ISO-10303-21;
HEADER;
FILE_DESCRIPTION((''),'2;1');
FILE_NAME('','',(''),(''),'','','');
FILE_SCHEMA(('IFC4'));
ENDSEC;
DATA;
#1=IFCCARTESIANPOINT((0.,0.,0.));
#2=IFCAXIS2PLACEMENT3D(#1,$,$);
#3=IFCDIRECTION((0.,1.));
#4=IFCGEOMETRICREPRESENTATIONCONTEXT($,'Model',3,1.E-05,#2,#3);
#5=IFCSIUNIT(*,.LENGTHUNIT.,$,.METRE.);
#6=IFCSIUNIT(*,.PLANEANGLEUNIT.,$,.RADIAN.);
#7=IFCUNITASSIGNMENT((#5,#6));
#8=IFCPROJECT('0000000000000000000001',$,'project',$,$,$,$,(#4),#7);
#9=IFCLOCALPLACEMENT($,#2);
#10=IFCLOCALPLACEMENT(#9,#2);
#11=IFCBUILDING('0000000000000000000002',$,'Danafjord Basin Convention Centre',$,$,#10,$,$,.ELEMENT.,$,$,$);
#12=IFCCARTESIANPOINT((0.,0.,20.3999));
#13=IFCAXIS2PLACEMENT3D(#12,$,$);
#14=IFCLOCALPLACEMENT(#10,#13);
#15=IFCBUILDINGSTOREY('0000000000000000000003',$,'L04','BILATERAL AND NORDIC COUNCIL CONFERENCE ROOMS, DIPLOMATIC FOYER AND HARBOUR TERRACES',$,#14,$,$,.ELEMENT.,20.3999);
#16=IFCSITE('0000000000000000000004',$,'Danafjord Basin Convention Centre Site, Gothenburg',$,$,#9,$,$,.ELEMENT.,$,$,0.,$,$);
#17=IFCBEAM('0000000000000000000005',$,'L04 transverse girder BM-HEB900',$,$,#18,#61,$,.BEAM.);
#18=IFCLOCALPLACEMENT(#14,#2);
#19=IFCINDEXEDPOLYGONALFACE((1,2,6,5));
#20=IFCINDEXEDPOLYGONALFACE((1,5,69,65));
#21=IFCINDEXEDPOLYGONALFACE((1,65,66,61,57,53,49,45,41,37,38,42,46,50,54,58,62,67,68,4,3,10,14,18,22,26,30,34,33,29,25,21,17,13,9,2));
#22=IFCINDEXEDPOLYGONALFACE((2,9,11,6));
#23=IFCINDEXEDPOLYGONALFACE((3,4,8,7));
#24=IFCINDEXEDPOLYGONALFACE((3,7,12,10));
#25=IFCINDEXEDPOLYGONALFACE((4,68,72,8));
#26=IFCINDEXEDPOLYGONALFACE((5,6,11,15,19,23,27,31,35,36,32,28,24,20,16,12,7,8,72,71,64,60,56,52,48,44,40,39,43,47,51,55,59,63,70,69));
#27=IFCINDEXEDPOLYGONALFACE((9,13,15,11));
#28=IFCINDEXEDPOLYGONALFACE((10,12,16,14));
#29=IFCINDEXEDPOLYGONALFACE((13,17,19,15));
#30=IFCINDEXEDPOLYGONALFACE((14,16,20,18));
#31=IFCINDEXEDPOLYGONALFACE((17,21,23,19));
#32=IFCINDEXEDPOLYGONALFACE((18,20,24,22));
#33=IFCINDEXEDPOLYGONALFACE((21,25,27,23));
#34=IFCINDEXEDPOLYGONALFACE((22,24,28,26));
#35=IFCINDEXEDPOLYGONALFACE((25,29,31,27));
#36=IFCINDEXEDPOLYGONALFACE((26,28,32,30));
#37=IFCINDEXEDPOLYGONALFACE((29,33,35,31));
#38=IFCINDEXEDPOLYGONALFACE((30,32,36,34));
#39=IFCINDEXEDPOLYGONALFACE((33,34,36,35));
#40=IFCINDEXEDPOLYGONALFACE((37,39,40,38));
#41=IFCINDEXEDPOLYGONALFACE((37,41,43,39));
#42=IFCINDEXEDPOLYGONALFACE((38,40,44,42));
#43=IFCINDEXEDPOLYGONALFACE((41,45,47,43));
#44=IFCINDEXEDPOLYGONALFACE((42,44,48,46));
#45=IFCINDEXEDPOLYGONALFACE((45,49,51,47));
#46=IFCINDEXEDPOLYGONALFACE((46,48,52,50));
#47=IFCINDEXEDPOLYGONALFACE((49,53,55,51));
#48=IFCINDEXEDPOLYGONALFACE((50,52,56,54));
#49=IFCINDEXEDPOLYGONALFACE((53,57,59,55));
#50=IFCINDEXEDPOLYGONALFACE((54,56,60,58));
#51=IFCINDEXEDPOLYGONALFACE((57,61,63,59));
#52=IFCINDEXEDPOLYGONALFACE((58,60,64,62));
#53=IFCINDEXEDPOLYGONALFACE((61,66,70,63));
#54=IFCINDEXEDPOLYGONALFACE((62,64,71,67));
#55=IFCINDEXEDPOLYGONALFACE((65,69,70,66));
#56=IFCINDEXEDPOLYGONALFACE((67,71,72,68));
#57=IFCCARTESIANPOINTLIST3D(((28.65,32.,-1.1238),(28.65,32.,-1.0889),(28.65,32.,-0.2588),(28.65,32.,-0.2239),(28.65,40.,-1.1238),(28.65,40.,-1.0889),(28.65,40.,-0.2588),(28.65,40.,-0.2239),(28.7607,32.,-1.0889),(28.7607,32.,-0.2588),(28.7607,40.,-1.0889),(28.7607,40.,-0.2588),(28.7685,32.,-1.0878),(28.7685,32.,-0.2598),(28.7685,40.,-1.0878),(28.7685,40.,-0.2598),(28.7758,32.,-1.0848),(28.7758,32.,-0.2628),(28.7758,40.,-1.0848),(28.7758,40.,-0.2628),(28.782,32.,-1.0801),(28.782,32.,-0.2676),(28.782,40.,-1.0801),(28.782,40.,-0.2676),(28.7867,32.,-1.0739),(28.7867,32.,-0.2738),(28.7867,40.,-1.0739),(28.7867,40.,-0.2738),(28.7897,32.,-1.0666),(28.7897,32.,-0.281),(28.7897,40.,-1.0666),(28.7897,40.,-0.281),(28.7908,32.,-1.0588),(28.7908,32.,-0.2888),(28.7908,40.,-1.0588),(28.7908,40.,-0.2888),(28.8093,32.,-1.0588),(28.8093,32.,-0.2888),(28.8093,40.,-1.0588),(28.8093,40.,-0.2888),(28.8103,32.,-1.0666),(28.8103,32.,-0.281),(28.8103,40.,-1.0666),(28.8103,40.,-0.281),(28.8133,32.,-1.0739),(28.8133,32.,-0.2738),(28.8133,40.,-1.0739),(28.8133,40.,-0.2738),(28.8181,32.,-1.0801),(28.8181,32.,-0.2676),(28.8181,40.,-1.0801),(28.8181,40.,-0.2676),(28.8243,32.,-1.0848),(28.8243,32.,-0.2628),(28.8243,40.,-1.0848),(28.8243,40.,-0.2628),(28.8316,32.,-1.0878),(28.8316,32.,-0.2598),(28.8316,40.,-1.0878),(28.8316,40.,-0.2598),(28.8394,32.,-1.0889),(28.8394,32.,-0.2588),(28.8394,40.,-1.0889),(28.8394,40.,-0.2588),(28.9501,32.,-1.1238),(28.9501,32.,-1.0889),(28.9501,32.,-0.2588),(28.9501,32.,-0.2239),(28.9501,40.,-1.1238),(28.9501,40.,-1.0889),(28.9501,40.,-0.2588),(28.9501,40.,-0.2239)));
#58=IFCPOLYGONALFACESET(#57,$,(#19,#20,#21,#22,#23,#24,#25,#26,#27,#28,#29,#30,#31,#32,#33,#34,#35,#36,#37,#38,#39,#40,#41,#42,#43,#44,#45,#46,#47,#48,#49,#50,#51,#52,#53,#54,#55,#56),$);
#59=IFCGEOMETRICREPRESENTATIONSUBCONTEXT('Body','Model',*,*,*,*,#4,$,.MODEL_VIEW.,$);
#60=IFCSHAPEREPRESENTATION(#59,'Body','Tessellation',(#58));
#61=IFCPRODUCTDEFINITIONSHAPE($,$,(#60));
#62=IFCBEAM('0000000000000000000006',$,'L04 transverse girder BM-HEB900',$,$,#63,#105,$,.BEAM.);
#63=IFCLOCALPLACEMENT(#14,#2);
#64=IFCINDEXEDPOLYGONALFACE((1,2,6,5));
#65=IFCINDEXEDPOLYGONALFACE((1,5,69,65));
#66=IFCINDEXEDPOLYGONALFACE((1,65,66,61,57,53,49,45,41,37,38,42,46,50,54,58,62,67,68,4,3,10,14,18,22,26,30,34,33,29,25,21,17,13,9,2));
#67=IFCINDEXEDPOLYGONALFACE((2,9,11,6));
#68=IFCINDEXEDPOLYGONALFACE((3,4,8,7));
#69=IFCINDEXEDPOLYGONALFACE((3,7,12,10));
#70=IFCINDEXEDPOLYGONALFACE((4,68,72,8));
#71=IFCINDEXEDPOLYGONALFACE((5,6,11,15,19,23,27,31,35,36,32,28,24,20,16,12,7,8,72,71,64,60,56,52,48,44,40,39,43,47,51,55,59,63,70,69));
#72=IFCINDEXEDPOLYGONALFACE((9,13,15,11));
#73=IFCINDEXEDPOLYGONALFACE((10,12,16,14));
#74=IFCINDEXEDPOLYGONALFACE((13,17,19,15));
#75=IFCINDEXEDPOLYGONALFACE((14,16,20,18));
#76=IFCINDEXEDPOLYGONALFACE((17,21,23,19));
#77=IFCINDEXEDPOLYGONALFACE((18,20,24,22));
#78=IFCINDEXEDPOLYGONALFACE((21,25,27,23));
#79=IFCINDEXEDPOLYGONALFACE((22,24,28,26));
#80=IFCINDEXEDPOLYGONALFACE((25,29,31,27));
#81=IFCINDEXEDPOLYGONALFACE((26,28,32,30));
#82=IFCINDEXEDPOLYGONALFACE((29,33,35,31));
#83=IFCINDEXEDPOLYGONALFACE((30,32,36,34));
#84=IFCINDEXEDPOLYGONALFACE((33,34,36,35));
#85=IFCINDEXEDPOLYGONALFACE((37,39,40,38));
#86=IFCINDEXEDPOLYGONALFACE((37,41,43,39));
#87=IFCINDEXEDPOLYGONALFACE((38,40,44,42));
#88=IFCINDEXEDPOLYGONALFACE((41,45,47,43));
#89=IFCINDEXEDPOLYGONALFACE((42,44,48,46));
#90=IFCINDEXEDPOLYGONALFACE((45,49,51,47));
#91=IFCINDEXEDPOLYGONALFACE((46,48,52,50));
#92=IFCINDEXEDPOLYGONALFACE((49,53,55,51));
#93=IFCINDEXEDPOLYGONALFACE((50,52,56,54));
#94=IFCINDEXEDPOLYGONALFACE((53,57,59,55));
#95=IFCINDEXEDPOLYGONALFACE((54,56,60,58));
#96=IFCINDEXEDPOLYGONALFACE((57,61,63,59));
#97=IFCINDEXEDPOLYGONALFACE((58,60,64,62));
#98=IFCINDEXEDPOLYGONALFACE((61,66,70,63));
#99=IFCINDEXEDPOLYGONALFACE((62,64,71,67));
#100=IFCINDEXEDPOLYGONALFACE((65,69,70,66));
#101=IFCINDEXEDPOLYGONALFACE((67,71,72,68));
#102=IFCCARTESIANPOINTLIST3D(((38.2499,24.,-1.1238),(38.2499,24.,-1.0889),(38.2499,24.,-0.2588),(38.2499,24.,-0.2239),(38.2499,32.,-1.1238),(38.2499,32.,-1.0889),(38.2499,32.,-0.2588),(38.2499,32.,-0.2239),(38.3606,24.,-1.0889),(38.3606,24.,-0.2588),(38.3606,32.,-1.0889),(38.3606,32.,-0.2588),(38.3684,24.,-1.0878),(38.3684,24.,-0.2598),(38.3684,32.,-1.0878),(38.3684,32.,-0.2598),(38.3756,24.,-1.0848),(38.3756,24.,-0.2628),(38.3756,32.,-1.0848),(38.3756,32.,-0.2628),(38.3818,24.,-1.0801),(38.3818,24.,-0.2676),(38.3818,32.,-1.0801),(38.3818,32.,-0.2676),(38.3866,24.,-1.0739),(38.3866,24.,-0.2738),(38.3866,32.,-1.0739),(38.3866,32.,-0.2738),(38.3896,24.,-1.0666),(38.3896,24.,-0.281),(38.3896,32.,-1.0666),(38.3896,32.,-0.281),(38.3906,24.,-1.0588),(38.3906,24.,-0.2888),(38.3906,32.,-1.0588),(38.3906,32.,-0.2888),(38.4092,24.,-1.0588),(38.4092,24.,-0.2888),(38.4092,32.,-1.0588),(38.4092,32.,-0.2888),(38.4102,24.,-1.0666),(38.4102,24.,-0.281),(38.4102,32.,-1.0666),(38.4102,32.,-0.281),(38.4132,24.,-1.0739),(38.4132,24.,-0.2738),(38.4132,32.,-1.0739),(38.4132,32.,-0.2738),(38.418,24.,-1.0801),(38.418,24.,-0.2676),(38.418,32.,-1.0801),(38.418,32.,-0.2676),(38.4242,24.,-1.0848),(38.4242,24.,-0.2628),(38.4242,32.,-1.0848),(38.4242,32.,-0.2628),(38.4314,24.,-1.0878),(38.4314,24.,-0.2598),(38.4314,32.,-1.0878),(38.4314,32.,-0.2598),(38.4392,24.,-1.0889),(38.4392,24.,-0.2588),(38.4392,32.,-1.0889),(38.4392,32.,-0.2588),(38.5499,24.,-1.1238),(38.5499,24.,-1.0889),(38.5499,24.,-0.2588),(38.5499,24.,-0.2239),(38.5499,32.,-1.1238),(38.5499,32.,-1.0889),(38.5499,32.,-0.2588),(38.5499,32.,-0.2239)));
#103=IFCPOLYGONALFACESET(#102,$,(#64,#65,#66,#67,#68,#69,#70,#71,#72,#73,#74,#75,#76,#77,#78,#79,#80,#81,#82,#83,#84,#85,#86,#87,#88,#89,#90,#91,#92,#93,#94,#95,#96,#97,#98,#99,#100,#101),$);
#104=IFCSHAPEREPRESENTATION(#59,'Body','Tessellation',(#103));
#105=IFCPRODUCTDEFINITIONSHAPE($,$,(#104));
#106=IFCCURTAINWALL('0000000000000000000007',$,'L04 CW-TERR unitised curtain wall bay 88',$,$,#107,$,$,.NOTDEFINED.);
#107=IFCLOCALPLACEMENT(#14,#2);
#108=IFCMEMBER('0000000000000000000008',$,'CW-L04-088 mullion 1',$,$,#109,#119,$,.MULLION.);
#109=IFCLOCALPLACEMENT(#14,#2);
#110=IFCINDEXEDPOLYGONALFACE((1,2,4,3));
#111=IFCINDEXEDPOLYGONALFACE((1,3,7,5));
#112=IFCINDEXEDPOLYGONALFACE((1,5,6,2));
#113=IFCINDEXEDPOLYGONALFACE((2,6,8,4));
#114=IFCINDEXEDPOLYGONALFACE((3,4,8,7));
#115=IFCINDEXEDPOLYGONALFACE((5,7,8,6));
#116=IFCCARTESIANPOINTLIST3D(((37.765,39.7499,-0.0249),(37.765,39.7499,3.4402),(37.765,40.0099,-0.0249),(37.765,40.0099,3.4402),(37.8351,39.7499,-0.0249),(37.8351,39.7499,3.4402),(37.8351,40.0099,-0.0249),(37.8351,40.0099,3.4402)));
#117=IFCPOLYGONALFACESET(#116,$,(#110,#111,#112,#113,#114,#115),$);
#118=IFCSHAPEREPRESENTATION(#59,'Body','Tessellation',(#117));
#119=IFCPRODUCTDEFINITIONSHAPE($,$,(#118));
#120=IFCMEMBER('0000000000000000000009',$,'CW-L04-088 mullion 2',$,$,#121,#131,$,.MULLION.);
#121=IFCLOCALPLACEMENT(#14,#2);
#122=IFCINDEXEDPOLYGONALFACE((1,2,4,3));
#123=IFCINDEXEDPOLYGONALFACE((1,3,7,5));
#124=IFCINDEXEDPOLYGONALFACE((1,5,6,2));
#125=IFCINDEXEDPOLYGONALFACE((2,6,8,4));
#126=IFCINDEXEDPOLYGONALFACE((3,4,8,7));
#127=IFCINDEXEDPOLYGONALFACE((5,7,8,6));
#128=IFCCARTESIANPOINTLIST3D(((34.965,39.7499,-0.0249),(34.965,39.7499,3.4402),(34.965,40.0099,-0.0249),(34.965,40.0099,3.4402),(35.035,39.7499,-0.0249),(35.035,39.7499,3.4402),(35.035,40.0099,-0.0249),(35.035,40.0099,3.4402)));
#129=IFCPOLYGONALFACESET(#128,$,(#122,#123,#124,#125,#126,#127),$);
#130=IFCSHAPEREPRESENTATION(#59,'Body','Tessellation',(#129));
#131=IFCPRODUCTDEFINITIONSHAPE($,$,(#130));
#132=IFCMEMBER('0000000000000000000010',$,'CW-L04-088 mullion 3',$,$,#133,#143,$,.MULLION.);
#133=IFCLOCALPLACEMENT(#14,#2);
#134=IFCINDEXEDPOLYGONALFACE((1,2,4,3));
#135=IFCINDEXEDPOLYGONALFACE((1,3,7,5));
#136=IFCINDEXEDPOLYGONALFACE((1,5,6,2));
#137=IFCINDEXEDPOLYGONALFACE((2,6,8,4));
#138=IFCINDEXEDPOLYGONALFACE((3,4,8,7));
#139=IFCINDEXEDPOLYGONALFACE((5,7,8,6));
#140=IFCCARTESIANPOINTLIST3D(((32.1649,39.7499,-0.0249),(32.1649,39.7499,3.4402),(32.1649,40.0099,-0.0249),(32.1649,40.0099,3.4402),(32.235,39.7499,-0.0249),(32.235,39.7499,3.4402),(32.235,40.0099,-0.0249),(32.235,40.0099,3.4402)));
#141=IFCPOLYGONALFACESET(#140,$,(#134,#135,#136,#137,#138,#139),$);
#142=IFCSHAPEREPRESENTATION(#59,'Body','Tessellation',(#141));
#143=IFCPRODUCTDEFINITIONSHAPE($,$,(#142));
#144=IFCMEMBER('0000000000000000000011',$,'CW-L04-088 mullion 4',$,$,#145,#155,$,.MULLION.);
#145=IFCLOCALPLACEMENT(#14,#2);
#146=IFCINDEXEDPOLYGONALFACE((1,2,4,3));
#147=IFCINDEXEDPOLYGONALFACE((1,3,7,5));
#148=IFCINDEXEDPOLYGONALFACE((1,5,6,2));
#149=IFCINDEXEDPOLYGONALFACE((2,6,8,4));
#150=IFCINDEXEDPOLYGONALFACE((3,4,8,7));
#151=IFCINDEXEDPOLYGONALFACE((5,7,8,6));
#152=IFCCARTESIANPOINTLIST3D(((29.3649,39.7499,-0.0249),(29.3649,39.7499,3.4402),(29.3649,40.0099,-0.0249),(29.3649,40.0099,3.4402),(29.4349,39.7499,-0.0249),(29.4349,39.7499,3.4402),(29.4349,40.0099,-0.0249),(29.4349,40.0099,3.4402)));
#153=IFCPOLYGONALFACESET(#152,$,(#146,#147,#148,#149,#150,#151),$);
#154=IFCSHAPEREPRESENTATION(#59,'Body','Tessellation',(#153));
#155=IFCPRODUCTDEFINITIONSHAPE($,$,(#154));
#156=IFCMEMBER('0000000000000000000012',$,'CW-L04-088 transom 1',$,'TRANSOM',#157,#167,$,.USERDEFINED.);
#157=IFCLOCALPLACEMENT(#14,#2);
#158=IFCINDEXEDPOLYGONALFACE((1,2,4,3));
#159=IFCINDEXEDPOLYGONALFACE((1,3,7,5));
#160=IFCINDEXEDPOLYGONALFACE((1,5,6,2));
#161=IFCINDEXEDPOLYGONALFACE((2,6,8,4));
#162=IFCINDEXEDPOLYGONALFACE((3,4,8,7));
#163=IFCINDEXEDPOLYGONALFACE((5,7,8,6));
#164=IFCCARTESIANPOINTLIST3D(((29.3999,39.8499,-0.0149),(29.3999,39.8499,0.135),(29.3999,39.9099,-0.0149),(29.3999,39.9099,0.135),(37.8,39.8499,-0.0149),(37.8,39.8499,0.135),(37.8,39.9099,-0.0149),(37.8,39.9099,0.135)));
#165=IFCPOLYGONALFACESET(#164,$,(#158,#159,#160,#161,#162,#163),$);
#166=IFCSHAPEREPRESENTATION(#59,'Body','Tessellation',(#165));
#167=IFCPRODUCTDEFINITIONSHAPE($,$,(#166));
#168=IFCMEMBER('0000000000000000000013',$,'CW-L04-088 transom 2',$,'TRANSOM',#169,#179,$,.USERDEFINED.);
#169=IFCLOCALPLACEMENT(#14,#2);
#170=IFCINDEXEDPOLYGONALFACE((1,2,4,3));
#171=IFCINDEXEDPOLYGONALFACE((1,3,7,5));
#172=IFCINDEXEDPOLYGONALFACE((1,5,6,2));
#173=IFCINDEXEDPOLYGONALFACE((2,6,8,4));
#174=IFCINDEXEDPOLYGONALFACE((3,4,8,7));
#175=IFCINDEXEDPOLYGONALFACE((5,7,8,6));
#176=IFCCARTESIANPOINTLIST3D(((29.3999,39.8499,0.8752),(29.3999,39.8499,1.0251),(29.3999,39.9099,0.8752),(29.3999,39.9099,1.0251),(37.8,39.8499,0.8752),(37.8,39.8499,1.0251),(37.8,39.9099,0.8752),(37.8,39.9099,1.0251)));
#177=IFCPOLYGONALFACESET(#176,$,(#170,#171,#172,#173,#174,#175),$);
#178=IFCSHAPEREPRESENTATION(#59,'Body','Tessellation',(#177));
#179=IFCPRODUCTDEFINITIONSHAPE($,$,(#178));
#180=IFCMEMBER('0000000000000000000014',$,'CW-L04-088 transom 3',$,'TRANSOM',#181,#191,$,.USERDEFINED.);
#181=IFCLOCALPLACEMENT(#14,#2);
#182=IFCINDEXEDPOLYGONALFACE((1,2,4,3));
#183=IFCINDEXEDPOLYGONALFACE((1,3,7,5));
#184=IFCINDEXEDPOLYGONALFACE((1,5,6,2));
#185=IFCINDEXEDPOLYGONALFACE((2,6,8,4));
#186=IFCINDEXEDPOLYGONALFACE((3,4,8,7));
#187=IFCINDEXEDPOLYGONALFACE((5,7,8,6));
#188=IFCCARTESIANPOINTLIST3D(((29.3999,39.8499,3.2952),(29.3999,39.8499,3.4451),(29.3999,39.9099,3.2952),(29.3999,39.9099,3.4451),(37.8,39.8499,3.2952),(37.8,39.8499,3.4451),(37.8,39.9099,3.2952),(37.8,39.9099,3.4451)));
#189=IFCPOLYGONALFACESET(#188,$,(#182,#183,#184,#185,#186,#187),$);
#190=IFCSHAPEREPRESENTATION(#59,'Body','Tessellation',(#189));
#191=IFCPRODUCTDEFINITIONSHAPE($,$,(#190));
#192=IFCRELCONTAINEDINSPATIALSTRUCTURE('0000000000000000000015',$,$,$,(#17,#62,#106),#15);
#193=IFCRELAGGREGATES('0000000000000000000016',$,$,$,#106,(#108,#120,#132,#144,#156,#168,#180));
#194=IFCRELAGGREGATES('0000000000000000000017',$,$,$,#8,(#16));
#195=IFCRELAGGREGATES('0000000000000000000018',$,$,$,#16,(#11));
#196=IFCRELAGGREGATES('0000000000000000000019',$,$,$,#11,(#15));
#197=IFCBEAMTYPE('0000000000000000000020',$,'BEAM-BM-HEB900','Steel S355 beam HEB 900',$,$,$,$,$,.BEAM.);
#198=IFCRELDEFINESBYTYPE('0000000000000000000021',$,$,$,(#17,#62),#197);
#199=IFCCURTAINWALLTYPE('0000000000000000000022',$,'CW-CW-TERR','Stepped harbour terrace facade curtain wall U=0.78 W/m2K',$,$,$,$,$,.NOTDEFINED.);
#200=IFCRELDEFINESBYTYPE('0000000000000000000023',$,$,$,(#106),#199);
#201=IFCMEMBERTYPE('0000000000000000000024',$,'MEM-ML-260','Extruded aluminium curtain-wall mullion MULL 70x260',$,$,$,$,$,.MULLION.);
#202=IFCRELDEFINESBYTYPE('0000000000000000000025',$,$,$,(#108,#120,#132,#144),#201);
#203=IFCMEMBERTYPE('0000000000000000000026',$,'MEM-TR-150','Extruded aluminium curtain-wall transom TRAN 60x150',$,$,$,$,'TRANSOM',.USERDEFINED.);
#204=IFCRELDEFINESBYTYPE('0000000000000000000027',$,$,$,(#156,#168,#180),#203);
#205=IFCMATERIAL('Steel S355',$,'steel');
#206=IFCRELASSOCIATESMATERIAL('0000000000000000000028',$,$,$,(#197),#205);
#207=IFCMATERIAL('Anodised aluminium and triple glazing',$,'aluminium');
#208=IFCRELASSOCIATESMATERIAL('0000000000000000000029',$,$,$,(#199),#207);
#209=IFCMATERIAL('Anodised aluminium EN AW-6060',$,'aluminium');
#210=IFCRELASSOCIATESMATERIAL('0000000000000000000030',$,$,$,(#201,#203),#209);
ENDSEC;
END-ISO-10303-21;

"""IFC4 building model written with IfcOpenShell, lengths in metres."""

from ifc_helpers import new_model, si_unit, direction, frame, origin, origin_2d, place, context, subcontext, project, spatial, rectangle, i_section, extrude, material, material_profile, profile_set, type_object, element, aggregate, save


model = new_model("IFC4")

# Units and contexts
model_context = context("Model", 3, precision=1e-05, world=origin(), true_north=direction((0.0, 1.0)))
body_context = subcontext(model_context, "Body", "Model", "MODEL_VIEW")
ifc_project = project(units=[si_unit("LENGTHUNIT", "METRE"), si_unit("PLANEANGLEUNIT", "RADIAN")], contexts=[model_context])

# Site, building, storey
site_placement = place(None, origin())
site = spatial("IfcSite", under=ifc_project, at=site_placement, Name="Danafjord Basin Convention Centre Site, Gothenburg", CompositionType="ELEMENT", RefElevation=0.0)
building_placement = place(site_placement, origin())
building = spatial("IfcBuilding", under=site, at=building_placement, Name="Danafjord Basin Convention Centre", CompositionType="ELEMENT")
storey_placement = place(building_placement, frame((0.0, 0.0, 20.3999)))
storey = spatial("IfcBuildingStorey", under=building, at=storey_placement, Name="L04", Description="BILATERAL AND NORDIC COUNCIL CONFERENCE ROOMS, DIPLOMATIC FOYER AND HARBOUR TERRACES", CompositionType="ELEMENT", Elevation=20.3999)

# Shared definitions
ifc_material_1 = material(Name="Steel S355", Category="steel")

# Beams
ifc_material_profile_1 = material_profile(ifc_material_1, i_section(OverallWidth=0.3, OverallDepth=0.8999, WebThickness=0.0186, FlangeThickness=0.0349, FilletRadius=0.03, at=origin_2d()), Name="HEB 900")
ifc_profile_set_1 = profile_set([ifc_material_profile_1], Name="Steel S355")
beam_type_1 = type_object("IfcBeamType", Name="BEAM-BM-HEB900", Description="Steel S355 beam HEB 900", PredefinedType="BEAM", material=ifc_profile_set_1)
for number, where, z_axis, x_axis, name in (
    (1, (28.8, 32.0, -0.6738), (0.0, 1.0, 0.0), (-1.0, 0.0, 0.0), "L04 transverse girder BM-HEB900"),
    (2, (38.3999, 24.0, -0.6738), (0.0, 1.0, 0.0), (-1.0, 0.0, 0.0), "L04 transverse girder BM-HEB900"),
):
    element("IfcBeam", number, at=place(storey_placement, frame(where, z_axis=z_axis, x_axis=x_axis)), inside=storey, type_object=beam_type_1, Name=name, PredefinedType="BEAM", context=body_context, shape_type="SweptSolid", body=[
        extrude(i_section(OverallWidth=0.3, OverallDepth=0.8999, WebThickness=0.0186, FlangeThickness=0.0349, FilletRadius=0.03, at=origin_2d()), origin(), (0.0, 0.0, 1.0), 8.0),
    ])

# Curtain wall, members
ifc_material_2 = material(Name="Anodised aluminium and triple glazing", Category="aluminium")
curtain_wall_type = type_object("IfcCurtainWallType", Name="CW-CW-TERR", Description="Stepped harbour terrace facade curtain wall U=0.78 W/m2K", PredefinedType="NOTDEFINED", material=ifc_material_2)
curtain_wall_placement = place(storey_placement, origin())
curtain_wall = element("IfcCurtainWall", 3, at=curtain_wall_placement, inside=storey, type_object=curtain_wall_type, Name="L04 CW-TERR unitised curtain wall bay 88", PredefinedType="NOTDEFINED")
ifc_material_3 = material(Name="Anodised aluminium EN AW-6060", Category="aluminium")
ifc_material_profile_2 = material_profile(ifc_material_3, rectangle(XDim=0.0701, YDim=0.26, at=origin_2d()), Name="MULL 70x260")
ifc_profile_set_2 = profile_set([ifc_material_profile_2], Name="Anodised aluminium EN AW-6060")
member_type_1 = type_object("IfcMemberType", Name="MEM-ML-260", Description="Extruded aluminium curtain-wall mullion MULL 70x260", PredefinedType="MULLION", material=ifc_profile_set_2)
member_1_placement = place(storey_placement, frame((37.8, 39.8799, -0.0249), z_axis=(0.0, 0.0, 1.0), x_axis=(-1.0, 0.0, 0.0)))
member_1 = element("IfcMember", 4, at=member_1_placement, type_object=member_type_1, Name="CW-L04-088 mullion 1", PredefinedType="MULLION", context=body_context, shape_type="SweptSolid", body=[
    extrude(rectangle(XDim=0.0701, YDim=0.26, at=origin_2d()), origin(), (0.0, 0.0, 1.0), 3.4651),
])
member_2_placement = place(storey_placement, frame((35.0, 39.8799, -0.0249), z_axis=(0.0, 0.0, 1.0), x_axis=(-1.0, 0.0, 0.0)))
member_2 = element("IfcMember", 5, at=member_2_placement, type_object=member_type_1, Name="CW-L04-088 mullion 2", PredefinedType="MULLION", context=body_context, shape_type="SweptSolid", body=[
    extrude(rectangle(XDim=0.0701, YDim=0.26, at=origin_2d()), origin(), (0.0, 0.0, 1.0), 3.4651),
])
member_3_placement = place(storey_placement, frame((32.2, 39.8799, -0.0249), z_axis=(0.0, 0.0, 1.0), x_axis=(-1.0, 0.0, 0.0)))
member_3 = element("IfcMember", 6, at=member_3_placement, type_object=member_type_1, Name="CW-L04-088 mullion 3", PredefinedType="MULLION", context=body_context, shape_type="SweptSolid", body=[
    extrude(rectangle(XDim=0.0701, YDim=0.26, at=origin_2d()), origin(), (0.0, 0.0, 1.0), 3.4651),
])
member_4_placement = place(storey_placement, frame((29.3999, 39.8799, -0.0249), z_axis=(0.0, 0.0, 1.0), x_axis=(-1.0, 0.0, 0.0)))
member_4 = element("IfcMember", 7, at=member_4_placement, type_object=member_type_1, Name="CW-L04-088 mullion 4", PredefinedType="MULLION", context=body_context, shape_type="SweptSolid", body=[
    extrude(rectangle(XDim=0.0701, YDim=0.26, at=origin_2d()), origin(), (0.0, 0.0, 1.0), 3.4651),
])
ifc_material_profile_3 = material_profile(ifc_material_3, rectangle(XDim=0.0601, YDim=0.1499, at=origin_2d()), Name="TRAN 60x150")
ifc_profile_set_3 = profile_set([ifc_material_profile_3], Name="Anodised aluminium EN AW-6060")
member_type_2 = type_object("IfcMemberType", Name="MEM-TR-150", Description="Extruded aluminium curtain-wall transom TRAN 60x150", ElementType="TRANSOM", PredefinedType="USERDEFINED", material=ifc_profile_set_3)
member_5_placement = place(storey_placement, frame((37.8, 39.8799, 0.0601), z_axis=(-1.0, 0.0, 0.0), x_axis=(0.0, -1.0, 0.0)))
member_5 = element("IfcMember", 8, at=member_5_placement, type_object=member_type_2, Name="CW-L04-088 transom 1", ObjectType="TRANSOM", PredefinedType="USERDEFINED", context=body_context, shape_type="SweptSolid", body=[
    extrude(rectangle(XDim=0.0601, YDim=0.1499, at=origin_2d()), origin(), (0.0, 0.0, 1.0), 8.4001),
])
member_6_placement = place(storey_placement, frame((37.8, 39.8799, 0.9502), z_axis=(-1.0, 0.0, 0.0), x_axis=(0.0, -1.0, 0.0)))
member_6 = element("IfcMember", 9, at=member_6_placement, type_object=member_type_2, Name="CW-L04-088 transom 2", ObjectType="TRANSOM", PredefinedType="USERDEFINED", context=body_context, shape_type="SweptSolid", body=[
    extrude(rectangle(XDim=0.0601, YDim=0.1499, at=origin_2d()), origin(), (0.0, 0.0, 1.0), 8.4001),
])
member_7_placement = place(storey_placement, frame((37.8, 39.8799, 3.3701), z_axis=(-1.0, 0.0, 0.0), x_axis=(0.0, -1.0, 0.0)))
member_7 = element("IfcMember", 10, at=member_7_placement, type_object=member_type_2, Name="CW-L04-088 transom 3", ObjectType="TRANSOM", PredefinedType="USERDEFINED", context=body_context, shape_type="SweptSolid", body=[
    extrude(rectangle(XDim=0.0601, YDim=0.1499, at=origin_2d()), origin(), (0.0, 0.0, 1.0), 8.4001),
])
aggregate(curtain_wall, [member_1, member_2, member_3, member_4, member_5, member_6, member_7])

save(model, "model.ifc")
